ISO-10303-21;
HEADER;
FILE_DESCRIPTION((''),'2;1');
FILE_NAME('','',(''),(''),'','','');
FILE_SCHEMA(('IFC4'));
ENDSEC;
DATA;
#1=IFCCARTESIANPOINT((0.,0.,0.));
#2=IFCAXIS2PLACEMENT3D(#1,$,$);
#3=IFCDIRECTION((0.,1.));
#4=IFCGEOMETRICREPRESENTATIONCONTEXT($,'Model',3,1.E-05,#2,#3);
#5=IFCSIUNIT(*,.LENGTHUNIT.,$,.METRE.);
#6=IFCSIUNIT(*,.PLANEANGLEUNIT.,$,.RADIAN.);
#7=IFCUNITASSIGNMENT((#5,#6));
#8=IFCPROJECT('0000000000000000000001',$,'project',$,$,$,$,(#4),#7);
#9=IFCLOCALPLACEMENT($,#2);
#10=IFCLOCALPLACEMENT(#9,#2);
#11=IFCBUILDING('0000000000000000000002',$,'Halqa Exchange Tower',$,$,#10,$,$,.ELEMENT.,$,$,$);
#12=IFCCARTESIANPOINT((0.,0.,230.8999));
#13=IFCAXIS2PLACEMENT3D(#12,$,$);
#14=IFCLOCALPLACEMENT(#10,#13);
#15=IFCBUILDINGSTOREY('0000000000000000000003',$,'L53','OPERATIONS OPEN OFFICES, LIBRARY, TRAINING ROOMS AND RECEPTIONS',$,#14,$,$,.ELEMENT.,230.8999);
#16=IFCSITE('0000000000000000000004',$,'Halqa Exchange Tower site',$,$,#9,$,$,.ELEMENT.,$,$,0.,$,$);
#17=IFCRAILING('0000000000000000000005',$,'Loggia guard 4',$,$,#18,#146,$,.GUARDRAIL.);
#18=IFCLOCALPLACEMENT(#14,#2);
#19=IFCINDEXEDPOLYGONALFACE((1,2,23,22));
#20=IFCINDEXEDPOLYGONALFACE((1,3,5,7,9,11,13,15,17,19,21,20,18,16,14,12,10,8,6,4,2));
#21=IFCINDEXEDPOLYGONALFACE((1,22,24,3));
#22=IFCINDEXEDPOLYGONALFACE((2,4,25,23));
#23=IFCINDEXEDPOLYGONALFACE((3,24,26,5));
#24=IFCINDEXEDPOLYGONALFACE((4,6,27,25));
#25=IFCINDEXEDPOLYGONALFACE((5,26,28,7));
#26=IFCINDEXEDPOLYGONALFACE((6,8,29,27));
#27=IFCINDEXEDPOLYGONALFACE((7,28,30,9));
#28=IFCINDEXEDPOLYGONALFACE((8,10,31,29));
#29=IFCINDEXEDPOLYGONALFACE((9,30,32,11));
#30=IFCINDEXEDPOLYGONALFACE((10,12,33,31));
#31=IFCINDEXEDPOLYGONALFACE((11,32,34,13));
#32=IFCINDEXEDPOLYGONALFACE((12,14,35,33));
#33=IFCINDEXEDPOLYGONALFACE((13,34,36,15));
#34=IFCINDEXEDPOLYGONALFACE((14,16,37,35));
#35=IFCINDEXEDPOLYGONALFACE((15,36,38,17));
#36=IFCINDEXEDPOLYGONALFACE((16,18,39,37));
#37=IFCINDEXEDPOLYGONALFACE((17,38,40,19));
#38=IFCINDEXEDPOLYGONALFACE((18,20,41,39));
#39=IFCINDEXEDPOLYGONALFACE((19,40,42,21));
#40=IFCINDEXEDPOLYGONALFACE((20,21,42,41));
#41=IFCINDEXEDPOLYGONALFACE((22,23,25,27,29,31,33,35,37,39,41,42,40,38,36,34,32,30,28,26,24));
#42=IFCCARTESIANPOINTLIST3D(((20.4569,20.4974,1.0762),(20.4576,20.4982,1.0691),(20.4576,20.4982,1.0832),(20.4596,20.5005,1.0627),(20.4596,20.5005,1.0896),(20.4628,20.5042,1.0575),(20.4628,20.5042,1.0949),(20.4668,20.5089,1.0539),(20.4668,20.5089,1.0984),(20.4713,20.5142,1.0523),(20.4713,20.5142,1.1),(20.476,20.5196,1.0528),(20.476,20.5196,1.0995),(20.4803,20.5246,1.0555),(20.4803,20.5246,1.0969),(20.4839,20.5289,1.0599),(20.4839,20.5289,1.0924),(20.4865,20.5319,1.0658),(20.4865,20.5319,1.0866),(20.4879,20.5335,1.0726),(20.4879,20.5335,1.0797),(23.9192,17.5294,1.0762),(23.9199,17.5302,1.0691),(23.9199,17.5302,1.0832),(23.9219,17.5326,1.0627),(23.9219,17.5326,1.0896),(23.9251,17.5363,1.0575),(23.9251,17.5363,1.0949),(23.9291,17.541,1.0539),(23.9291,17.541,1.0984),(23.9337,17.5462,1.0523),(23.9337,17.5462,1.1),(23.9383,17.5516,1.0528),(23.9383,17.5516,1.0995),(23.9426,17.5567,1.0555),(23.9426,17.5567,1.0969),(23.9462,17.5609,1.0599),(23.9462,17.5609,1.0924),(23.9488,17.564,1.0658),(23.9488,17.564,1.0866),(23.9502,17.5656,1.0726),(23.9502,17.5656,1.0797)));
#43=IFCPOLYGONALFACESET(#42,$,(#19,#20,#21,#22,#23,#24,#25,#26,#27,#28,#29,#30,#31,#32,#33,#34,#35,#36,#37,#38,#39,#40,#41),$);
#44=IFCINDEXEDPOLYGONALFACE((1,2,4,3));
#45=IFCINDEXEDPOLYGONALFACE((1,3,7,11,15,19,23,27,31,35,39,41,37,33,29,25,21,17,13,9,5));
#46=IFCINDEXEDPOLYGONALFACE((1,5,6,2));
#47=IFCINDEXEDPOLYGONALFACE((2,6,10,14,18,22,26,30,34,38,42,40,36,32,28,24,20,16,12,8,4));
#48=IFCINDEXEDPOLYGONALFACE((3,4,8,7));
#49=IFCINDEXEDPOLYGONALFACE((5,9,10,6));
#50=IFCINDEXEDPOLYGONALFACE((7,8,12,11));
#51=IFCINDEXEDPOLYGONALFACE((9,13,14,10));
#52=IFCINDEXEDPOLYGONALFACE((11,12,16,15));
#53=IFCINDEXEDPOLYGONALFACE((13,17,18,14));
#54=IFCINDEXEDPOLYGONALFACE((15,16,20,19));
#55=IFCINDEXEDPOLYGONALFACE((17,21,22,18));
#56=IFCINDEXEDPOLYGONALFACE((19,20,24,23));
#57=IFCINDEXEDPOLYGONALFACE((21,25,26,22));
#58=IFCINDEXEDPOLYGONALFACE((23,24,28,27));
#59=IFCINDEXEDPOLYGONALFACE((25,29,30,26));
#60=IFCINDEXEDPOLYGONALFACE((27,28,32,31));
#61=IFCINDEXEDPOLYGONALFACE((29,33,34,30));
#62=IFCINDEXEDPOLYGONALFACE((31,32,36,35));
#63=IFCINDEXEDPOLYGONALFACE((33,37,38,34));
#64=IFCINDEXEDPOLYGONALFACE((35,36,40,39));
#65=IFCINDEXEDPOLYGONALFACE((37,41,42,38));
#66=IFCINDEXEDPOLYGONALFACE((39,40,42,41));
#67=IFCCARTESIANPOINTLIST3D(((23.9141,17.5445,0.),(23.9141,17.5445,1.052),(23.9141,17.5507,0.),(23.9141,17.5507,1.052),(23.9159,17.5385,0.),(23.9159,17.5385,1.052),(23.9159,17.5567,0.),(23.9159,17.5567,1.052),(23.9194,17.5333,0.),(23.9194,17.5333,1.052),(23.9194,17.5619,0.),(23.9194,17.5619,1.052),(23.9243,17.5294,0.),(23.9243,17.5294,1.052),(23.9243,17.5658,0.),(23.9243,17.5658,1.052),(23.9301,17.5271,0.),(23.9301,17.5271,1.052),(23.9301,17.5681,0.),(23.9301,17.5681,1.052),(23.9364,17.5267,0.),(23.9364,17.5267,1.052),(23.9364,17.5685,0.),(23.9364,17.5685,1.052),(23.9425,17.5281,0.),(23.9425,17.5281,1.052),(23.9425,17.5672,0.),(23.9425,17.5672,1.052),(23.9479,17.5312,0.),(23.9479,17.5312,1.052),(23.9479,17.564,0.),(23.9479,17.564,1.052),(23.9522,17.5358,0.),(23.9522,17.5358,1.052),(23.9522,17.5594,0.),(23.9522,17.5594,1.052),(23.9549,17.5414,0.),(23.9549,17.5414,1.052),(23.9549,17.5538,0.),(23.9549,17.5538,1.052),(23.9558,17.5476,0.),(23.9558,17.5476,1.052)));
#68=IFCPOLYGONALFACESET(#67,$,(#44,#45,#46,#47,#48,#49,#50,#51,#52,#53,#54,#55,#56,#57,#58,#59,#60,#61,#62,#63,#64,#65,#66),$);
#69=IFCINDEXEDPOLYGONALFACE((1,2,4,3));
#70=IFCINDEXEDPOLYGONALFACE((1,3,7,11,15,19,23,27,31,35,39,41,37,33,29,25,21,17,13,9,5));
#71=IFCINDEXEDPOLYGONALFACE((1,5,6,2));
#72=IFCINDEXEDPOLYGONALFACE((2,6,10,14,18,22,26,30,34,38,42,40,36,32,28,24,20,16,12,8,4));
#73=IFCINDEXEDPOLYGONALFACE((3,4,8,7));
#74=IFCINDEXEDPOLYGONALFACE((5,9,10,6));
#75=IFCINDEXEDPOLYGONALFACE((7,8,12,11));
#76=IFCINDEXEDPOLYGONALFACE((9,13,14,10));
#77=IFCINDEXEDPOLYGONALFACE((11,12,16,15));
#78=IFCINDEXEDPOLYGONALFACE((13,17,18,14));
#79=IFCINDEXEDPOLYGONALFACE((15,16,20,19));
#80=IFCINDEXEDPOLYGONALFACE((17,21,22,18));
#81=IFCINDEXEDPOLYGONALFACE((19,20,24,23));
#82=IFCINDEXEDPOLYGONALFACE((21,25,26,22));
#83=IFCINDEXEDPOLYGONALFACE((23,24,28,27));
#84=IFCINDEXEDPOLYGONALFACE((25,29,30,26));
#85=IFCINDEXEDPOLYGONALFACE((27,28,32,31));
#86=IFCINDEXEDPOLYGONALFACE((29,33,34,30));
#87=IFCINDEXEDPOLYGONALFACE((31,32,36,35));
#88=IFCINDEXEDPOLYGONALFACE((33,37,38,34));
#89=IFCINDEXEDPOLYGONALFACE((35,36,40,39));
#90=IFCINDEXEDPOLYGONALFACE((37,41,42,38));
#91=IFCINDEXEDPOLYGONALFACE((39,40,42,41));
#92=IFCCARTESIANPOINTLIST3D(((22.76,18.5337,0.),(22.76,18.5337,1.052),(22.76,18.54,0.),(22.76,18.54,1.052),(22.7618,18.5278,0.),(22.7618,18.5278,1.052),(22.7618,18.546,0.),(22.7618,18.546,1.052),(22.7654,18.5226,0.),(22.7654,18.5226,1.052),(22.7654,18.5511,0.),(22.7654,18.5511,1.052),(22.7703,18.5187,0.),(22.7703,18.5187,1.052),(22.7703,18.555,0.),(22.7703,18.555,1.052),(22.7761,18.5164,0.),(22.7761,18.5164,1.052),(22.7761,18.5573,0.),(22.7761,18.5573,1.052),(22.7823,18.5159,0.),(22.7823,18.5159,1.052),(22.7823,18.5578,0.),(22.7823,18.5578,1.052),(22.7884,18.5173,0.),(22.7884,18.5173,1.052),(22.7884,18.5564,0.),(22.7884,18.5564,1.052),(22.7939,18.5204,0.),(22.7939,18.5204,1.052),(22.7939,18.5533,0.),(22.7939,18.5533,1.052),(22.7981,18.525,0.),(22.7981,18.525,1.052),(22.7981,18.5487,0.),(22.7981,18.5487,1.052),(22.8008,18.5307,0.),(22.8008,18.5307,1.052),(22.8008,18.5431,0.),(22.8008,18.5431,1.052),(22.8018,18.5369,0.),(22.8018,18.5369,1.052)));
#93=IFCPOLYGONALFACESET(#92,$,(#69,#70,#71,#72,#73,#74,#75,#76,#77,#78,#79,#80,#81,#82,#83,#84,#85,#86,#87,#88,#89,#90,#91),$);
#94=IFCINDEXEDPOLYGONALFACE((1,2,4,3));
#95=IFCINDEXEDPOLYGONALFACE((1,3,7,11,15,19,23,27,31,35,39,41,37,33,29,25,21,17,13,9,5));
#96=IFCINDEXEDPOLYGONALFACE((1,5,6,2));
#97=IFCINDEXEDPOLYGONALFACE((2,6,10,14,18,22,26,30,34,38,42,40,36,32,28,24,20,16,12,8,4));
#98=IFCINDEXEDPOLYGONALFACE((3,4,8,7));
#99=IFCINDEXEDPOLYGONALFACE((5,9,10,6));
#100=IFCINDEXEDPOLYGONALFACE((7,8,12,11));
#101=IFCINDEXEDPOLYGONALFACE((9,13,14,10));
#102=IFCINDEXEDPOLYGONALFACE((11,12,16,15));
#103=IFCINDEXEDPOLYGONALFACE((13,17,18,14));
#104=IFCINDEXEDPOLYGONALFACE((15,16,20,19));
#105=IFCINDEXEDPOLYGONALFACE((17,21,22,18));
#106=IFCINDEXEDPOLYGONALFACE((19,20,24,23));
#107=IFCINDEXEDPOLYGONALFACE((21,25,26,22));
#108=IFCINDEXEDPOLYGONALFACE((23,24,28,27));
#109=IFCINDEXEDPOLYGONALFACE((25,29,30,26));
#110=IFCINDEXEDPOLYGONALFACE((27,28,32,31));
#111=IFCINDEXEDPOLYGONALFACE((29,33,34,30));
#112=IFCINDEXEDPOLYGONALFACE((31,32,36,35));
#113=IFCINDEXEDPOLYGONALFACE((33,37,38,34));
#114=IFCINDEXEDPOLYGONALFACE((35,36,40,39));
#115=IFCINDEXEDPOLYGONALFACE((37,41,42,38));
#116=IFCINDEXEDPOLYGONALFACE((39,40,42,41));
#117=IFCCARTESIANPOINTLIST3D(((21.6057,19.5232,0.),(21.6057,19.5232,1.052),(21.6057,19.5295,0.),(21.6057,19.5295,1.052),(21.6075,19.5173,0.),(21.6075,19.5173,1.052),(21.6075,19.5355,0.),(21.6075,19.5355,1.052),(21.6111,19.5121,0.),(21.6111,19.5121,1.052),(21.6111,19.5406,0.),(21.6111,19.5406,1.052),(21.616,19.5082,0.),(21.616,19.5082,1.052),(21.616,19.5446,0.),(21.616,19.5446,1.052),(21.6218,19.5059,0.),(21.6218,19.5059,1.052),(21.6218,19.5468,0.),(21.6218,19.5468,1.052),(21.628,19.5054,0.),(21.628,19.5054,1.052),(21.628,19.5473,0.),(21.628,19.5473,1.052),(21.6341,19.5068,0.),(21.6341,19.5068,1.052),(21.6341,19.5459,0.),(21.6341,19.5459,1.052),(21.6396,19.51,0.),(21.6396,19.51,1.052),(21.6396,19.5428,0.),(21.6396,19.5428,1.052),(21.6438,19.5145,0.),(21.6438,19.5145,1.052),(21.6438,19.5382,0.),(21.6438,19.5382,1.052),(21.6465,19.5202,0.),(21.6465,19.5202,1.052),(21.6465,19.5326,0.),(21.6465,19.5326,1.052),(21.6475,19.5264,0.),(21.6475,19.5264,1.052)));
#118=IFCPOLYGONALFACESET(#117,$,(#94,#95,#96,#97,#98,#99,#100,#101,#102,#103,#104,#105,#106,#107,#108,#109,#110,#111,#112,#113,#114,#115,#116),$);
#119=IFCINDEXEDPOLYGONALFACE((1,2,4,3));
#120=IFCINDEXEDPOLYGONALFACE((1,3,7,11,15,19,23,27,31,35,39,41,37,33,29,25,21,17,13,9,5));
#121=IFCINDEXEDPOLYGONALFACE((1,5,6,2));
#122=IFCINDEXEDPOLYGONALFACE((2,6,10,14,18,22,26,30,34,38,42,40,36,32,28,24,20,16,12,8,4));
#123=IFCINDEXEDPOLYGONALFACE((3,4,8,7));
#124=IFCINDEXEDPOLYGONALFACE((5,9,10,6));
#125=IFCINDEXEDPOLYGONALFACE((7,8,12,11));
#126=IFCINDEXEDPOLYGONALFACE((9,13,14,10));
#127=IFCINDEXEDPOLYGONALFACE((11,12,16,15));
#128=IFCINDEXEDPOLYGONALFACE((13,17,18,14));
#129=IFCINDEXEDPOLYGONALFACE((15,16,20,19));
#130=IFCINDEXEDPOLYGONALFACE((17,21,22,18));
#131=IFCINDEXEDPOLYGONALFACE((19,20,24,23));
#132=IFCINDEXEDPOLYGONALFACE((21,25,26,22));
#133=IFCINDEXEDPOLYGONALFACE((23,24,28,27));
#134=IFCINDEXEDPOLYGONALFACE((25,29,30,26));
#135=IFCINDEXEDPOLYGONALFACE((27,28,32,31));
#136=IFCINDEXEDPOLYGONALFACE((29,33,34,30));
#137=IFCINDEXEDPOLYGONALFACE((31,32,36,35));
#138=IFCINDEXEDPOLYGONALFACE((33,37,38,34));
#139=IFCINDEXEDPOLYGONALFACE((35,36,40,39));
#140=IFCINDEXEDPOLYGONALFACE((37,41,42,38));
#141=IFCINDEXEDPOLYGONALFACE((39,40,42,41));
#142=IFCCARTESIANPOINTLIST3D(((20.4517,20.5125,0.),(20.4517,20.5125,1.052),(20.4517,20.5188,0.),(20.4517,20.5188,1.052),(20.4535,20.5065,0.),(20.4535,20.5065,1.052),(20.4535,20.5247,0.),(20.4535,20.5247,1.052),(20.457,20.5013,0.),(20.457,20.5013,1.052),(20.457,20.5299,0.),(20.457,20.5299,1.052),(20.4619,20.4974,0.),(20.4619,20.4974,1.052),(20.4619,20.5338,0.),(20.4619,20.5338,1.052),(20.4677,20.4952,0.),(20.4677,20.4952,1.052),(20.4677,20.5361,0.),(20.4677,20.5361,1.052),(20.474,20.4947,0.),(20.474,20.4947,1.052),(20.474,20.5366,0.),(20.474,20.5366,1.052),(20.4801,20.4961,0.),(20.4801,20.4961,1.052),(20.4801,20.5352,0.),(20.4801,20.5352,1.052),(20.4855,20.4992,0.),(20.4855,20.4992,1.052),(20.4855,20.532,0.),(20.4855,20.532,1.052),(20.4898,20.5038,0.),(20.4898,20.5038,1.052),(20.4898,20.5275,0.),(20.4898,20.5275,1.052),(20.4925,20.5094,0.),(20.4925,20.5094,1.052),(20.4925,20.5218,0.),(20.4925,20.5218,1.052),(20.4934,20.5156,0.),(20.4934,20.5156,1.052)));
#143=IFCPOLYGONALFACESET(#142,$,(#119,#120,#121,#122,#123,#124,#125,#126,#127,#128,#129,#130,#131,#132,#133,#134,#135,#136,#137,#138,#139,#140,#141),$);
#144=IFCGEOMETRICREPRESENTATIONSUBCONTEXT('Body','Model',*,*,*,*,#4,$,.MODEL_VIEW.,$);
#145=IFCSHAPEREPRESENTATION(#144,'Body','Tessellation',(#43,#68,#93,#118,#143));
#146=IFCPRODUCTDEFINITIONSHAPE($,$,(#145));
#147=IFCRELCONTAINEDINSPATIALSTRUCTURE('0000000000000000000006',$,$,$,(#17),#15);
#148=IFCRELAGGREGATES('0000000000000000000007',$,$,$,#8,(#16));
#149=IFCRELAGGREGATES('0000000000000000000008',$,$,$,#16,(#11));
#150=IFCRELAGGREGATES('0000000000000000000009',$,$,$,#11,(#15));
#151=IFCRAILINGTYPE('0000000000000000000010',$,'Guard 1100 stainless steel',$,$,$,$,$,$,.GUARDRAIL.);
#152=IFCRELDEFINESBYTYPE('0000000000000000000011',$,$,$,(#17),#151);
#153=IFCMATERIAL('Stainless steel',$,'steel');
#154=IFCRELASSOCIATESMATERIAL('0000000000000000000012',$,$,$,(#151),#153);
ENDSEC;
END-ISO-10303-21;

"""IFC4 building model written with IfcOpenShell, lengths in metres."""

from ifc_helpers import new_model, si_unit, direction, frame, origin, origin_2d, place, context, subcontext, project, spatial, circle, extrude, material, type_object, element, save


model = new_model("IFC4")

# Units and contexts
model_context = context("Model", 3, precision=1e-05, world=origin(), true_north=direction((0.0, 1.0)))
body_context = subcontext(model_context, "Body", "Model", "MODEL_VIEW")
ifc_project = project(units=[si_unit("LENGTHUNIT", "METRE"), si_unit("PLANEANGLEUNIT", "RADIAN")], contexts=[model_context])

# Site, building, storey
site_placement = place(None, origin())
site = spatial("IfcSite", under=ifc_project, at=site_placement, Name="Halqa Exchange Tower site", CompositionType="ELEMENT", RefElevation=0.0)
building_placement = place(site_placement, origin())
building = spatial("IfcBuilding", under=site, at=building_placement, Name="Halqa Exchange Tower", CompositionType="ELEMENT")
storey_placement = place(building_placement, frame((0.0, 0.0, 230.8999)))
storey = spatial("IfcBuildingStorey", under=building, at=storey_placement, Name="L53", Description="OPERATIONS OPEN OFFICES, LIBRARY, TRAINING ROOMS AND RECEPTIONS", CompositionType="ELEMENT", Elevation=230.8999)

# Railing
ifc_material_1 = material(Name="Stainless steel", Category="steel")
railing_type = type_object("IfcRailingType", Name="Guard 1100 stainless steel", PredefinedType="GUARDRAIL", material=ifc_material_1)
railing_1_placement = place(storey_placement, frame((23.9348, 17.5476, 0.0)))
element("IfcRailing", 1, at=railing_1_placement, inside=storey, type_object=railing_type, Name="Loggia guard 4", PredefinedType="GUARDRAIL", context=body_context, shape_type="SweptSolid", body=[
    extrude(circle(Radius=0.0239, at=origin_2d()), frame((0.0, 0.0, 1.0762), z_axis=(-0.75923, 0.650822, 0.0), x_axis=(-0.650822, -0.75923, 0.0)), (0.0, 0.0, 1.0), 4.5603),
    extrude(circle(Radius=0.021, at=origin_2d()), origin(), (0.0, 0.0, 1.0), 1.052),
    extrude(circle(Radius=0.021, at=origin_2d()), frame((-1.1541, 0.9893, 0.0)), (0.0, 0.0, 1.0), 1.052),
    extrude(circle(Radius=0.021, at=origin_2d()), frame((-2.3083, 1.9788, 0.0)), (0.0, 0.0, 1.0), 1.052),
    extrude(circle(Radius=0.021, at=origin_2d()), frame((-3.4624, 2.968, 0.0)), (0.0, 0.0, 1.0), 1.052),
])

save(model, "model.ifc")
